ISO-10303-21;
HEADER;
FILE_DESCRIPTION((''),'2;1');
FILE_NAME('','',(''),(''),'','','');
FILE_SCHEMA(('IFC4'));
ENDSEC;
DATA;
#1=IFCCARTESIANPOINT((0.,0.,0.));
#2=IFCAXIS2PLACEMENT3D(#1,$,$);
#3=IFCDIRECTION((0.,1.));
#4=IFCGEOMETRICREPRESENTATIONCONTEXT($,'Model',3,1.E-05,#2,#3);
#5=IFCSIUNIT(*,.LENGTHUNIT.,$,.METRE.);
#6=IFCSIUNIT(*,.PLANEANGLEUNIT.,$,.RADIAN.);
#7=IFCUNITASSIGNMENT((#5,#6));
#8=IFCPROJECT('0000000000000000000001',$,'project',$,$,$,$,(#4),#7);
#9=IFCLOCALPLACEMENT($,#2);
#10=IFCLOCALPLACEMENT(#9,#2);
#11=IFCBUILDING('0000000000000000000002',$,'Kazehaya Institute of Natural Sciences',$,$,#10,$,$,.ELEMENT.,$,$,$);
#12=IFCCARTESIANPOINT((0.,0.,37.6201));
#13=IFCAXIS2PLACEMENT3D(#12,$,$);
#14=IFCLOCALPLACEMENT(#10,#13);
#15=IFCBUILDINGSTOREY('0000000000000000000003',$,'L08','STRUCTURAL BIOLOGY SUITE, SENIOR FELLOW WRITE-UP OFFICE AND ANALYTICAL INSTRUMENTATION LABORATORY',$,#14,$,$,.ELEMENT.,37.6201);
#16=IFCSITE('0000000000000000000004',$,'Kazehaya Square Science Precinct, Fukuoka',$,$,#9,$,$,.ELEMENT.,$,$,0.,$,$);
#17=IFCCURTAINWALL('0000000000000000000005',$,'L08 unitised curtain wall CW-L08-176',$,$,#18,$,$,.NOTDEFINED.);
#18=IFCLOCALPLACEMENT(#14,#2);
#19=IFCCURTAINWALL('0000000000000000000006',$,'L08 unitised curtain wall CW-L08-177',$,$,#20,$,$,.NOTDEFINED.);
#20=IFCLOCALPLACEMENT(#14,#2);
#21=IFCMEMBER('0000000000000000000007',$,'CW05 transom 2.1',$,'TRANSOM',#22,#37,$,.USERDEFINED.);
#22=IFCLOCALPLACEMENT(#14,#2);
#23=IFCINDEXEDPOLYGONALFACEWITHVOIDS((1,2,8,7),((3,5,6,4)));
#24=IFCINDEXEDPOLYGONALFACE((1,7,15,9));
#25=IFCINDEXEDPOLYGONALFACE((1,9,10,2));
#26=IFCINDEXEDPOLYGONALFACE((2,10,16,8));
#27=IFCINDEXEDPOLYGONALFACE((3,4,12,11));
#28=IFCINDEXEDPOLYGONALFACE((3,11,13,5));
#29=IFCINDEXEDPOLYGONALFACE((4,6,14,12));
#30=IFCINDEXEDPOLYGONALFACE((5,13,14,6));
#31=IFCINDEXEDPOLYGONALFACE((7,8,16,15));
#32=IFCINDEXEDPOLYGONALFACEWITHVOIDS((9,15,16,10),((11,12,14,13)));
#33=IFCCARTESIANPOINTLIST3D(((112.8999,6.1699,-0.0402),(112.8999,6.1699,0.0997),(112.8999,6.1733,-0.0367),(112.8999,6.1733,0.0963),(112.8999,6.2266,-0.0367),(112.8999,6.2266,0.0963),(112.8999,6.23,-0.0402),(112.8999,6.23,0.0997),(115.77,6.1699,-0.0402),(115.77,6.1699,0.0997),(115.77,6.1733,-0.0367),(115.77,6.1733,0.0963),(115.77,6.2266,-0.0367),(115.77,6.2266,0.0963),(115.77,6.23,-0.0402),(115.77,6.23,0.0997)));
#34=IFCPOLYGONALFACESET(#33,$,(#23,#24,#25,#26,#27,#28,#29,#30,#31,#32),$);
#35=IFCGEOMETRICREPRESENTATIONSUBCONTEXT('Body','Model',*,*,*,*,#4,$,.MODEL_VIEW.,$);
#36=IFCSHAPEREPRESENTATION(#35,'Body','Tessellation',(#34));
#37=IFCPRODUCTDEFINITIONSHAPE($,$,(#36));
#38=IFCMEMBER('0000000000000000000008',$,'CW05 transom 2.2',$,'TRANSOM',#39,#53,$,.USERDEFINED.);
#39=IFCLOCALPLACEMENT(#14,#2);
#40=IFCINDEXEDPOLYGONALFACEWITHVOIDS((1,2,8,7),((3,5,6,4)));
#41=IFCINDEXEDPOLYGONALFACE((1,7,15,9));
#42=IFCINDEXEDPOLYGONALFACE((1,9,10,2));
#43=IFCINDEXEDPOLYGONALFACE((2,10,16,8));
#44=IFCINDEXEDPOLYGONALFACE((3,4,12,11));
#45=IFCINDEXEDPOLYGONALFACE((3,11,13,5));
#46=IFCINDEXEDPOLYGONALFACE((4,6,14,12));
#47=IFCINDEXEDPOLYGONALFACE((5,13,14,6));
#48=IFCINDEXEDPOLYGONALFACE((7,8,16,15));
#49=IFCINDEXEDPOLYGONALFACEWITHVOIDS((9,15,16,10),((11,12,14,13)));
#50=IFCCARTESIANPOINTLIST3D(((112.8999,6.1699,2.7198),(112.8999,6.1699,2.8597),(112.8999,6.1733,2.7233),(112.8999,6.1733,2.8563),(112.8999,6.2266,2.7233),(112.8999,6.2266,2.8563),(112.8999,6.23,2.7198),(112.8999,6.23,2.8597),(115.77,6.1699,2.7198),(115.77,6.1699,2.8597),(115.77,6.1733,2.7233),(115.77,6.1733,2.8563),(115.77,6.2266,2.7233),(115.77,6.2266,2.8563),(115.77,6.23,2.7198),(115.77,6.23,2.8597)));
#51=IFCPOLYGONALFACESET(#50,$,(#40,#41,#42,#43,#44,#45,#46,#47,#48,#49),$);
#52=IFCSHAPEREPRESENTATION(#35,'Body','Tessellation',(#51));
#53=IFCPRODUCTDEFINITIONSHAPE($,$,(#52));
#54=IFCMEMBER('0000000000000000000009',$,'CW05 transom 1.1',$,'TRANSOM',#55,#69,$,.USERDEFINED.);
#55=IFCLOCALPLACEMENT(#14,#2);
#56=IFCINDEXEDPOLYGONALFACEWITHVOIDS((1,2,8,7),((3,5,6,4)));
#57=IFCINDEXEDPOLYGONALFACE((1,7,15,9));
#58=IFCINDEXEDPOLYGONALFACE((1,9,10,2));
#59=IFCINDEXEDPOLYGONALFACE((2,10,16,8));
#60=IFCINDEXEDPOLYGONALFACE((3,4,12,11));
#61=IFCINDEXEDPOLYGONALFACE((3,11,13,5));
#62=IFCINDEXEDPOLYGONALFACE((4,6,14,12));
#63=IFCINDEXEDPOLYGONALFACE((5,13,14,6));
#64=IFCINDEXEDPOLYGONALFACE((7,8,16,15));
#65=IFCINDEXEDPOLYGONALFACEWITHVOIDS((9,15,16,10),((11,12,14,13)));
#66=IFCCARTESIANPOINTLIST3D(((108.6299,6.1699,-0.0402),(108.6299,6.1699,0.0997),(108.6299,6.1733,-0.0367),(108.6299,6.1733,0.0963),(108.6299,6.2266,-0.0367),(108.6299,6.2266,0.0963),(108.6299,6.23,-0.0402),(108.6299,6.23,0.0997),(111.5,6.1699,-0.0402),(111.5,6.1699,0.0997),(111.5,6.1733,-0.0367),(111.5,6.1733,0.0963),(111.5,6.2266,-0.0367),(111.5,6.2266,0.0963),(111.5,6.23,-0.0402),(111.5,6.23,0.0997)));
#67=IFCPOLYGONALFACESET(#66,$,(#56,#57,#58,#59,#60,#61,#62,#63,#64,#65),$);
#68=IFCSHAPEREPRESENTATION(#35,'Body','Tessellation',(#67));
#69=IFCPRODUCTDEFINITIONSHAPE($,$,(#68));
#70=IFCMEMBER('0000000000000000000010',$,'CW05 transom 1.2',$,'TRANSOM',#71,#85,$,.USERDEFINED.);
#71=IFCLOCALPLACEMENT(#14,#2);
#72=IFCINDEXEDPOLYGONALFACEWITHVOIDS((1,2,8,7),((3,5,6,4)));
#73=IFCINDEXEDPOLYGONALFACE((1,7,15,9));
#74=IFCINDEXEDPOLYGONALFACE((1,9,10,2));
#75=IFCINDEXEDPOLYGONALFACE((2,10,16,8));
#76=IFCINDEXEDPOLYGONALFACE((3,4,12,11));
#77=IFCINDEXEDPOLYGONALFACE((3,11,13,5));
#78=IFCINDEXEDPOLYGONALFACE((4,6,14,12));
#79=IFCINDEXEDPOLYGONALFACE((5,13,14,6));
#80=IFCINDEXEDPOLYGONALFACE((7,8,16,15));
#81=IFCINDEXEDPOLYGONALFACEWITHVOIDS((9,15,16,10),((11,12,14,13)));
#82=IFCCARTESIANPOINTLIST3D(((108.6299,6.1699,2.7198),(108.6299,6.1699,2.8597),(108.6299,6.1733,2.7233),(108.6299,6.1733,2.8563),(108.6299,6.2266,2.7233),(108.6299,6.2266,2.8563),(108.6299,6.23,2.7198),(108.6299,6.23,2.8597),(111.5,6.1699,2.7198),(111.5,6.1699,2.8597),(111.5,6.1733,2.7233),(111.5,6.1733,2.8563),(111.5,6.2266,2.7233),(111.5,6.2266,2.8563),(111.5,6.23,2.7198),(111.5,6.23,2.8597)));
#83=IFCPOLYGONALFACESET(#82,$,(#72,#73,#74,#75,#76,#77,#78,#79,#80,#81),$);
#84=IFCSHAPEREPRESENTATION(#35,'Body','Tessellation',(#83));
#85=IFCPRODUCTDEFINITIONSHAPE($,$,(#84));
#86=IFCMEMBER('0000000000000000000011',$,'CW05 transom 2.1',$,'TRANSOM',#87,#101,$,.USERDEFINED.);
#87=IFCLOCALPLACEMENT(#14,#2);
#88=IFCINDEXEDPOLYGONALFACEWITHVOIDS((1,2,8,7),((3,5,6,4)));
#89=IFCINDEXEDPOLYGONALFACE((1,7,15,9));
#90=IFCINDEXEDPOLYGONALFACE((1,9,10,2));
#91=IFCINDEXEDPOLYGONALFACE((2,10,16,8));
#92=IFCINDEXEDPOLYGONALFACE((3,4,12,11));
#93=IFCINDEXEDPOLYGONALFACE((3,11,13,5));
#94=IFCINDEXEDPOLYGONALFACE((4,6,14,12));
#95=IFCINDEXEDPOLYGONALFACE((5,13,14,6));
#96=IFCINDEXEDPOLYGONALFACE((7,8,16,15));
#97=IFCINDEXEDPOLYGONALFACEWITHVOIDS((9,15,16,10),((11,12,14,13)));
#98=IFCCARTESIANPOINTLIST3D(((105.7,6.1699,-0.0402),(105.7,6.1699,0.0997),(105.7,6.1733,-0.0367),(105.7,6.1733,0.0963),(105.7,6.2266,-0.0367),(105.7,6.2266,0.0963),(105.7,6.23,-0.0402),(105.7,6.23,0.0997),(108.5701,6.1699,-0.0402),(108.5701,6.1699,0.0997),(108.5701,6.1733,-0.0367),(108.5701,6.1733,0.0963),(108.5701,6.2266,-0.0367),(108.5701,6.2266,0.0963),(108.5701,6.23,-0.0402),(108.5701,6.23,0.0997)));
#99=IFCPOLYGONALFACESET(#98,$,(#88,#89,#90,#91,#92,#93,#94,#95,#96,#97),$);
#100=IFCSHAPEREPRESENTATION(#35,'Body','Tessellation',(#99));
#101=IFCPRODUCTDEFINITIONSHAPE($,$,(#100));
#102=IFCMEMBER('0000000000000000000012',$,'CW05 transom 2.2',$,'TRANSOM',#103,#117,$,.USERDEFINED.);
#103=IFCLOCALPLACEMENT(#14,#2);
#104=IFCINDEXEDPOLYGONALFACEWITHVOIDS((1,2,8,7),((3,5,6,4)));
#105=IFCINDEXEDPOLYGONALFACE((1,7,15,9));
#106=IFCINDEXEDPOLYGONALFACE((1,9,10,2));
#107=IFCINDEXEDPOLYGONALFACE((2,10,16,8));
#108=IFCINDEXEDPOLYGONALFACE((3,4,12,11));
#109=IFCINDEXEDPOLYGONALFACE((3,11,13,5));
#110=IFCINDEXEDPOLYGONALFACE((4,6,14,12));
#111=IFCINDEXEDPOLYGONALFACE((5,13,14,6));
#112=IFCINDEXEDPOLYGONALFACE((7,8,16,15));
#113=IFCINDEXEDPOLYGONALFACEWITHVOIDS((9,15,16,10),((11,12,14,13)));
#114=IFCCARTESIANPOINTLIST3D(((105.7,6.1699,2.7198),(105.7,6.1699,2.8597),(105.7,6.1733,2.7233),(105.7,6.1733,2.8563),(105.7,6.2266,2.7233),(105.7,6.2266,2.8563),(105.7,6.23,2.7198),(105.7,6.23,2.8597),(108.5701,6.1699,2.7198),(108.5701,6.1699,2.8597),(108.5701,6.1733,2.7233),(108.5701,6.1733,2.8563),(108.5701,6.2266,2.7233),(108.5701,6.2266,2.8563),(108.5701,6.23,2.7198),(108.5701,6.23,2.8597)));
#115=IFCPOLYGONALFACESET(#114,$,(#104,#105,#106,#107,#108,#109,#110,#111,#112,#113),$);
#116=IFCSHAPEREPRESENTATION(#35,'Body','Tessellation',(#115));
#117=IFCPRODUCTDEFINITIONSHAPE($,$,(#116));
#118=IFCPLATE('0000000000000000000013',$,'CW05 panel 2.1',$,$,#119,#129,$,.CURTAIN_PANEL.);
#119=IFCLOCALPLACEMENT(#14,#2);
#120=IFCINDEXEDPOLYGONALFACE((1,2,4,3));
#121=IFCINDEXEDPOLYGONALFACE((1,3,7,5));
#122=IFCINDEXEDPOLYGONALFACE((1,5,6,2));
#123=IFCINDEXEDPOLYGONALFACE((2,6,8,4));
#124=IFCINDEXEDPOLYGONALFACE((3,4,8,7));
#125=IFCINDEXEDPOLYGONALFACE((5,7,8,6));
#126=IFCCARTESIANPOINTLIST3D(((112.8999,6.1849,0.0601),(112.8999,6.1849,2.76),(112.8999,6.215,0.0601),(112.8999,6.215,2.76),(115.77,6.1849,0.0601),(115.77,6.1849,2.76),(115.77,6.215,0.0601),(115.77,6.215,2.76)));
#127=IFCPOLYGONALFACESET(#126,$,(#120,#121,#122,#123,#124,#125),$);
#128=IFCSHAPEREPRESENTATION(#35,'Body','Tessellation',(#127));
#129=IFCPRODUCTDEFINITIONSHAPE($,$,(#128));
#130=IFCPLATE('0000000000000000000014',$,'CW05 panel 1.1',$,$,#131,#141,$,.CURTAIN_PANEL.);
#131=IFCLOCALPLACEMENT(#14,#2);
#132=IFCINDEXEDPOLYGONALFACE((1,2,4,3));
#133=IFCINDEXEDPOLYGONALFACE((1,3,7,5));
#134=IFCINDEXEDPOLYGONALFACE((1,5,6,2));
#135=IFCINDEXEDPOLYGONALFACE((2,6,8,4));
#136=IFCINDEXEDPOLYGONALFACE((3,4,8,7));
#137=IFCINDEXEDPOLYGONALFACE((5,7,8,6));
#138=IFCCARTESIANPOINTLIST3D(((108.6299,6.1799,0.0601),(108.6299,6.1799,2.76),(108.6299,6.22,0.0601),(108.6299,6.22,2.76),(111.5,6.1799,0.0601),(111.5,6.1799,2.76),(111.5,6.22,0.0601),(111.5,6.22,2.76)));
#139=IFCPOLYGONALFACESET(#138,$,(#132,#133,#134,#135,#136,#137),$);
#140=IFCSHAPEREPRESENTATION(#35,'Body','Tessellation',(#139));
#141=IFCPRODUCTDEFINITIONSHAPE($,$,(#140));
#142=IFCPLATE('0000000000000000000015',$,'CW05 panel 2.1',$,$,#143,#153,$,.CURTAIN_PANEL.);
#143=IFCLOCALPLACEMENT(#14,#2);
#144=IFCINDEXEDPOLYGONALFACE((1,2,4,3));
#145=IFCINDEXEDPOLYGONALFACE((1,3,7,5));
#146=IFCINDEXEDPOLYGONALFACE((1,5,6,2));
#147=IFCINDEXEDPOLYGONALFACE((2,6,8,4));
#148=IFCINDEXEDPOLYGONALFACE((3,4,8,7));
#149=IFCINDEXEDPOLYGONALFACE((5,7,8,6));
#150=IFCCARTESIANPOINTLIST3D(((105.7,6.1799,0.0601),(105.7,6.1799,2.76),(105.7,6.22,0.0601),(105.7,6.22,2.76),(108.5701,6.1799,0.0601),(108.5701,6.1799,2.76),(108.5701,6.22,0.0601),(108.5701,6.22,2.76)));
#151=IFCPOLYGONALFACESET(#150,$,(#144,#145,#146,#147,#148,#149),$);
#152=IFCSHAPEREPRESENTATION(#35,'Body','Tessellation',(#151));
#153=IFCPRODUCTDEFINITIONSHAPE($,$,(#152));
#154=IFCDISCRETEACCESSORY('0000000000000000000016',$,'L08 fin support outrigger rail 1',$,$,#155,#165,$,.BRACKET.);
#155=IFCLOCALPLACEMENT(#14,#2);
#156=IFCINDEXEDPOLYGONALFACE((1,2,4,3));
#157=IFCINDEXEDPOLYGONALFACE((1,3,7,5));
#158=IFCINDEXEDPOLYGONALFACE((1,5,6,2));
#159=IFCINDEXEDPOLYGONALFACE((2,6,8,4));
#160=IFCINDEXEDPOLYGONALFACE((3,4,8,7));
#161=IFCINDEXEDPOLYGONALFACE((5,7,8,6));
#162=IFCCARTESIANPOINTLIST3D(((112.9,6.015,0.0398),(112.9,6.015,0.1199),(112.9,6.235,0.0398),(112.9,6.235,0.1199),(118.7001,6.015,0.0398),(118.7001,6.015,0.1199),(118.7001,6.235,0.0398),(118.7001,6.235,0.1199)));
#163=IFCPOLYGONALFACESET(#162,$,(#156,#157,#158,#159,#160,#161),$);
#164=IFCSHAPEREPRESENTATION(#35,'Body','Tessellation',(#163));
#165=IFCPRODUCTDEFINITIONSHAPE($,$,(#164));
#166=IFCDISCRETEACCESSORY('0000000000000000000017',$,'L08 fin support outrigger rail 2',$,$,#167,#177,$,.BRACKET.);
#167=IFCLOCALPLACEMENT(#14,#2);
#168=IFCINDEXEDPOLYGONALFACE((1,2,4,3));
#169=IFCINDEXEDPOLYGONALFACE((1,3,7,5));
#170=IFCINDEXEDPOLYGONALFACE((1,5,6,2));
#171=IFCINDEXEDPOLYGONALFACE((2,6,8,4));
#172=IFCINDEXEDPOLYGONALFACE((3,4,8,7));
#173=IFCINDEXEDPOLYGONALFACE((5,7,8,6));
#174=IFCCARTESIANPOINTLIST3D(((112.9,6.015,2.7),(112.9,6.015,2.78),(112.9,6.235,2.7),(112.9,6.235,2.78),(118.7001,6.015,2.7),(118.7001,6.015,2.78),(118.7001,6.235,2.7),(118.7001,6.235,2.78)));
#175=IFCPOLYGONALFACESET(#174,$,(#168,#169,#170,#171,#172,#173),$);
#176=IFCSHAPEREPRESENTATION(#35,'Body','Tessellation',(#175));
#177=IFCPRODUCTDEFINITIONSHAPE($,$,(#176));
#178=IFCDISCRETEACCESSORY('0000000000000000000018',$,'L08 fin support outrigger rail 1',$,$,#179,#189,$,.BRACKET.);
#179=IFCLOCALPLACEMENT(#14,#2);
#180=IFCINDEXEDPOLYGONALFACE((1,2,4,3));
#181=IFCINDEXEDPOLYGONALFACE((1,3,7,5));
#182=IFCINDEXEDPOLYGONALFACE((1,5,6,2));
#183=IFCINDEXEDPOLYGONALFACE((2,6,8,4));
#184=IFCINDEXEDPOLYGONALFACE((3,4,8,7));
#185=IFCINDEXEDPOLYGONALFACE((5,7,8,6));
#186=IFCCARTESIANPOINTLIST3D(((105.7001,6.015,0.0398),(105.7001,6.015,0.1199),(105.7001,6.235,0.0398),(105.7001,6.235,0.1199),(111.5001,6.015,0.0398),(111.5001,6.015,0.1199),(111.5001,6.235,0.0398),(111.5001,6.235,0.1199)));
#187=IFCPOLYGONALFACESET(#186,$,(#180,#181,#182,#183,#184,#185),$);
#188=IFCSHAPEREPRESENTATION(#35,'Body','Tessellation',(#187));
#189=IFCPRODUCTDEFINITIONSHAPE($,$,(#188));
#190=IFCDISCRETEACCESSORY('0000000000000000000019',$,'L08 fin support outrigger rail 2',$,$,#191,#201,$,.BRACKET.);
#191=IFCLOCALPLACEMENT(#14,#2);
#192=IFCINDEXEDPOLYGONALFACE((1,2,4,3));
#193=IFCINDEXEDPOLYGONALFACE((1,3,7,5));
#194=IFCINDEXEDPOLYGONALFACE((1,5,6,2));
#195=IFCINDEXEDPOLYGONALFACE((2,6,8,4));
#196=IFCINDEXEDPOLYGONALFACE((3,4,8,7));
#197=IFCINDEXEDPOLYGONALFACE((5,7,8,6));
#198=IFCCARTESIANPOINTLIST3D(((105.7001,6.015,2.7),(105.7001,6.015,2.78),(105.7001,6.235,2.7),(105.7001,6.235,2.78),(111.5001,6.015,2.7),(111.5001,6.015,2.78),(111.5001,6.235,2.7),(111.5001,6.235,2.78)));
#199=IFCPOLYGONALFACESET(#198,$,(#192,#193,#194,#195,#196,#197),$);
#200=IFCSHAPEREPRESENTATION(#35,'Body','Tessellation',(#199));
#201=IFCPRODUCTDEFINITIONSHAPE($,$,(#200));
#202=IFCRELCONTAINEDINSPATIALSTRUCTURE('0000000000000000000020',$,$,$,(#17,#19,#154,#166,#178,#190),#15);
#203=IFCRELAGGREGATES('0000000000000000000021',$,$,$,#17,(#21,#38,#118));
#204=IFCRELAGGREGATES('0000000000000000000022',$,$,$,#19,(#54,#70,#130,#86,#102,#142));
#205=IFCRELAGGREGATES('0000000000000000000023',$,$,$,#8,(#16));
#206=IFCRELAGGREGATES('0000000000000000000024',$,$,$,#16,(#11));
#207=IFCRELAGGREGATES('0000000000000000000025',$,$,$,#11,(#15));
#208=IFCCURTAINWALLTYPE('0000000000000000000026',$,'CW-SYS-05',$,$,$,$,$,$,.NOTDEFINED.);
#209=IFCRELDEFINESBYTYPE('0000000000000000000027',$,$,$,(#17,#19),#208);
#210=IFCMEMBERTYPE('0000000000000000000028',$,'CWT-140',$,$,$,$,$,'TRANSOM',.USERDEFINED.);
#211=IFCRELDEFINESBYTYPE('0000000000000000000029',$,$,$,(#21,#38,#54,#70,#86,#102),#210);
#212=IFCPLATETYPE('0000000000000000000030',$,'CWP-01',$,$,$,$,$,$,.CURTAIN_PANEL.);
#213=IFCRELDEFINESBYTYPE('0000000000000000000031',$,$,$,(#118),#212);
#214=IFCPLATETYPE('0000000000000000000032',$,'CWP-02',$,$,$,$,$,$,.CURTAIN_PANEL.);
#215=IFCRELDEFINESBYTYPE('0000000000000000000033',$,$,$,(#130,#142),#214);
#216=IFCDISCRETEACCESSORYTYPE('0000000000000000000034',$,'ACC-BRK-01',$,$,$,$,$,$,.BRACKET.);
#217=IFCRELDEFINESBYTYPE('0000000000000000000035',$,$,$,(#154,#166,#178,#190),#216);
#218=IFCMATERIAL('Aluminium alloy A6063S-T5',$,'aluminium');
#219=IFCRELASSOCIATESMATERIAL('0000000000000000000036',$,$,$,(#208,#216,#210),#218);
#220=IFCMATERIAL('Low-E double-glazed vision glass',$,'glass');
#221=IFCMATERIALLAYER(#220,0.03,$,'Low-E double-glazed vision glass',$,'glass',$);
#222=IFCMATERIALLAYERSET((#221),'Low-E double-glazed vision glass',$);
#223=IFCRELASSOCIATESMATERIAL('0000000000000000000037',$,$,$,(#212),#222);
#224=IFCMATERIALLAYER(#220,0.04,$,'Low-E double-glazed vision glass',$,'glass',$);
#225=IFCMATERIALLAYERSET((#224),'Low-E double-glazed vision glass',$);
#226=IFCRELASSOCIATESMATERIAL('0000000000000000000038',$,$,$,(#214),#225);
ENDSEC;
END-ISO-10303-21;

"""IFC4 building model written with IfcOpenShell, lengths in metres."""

from ifc_helpers import new_model, si_unit, direction, frame, origin, origin_2d, place, context, subcontext, project, spatial, rectangle, hollow_rectangle, extrude, material, layer, layer_set, material_profile, profile_set, type_object, element, aggregate, save


model = new_model("IFC4")

# Units and contexts
model_context = context("Model", 3, precision=1e-05, world=origin(), true_north=direction((0.0, 1.0)))
body_context = subcontext(model_context, "Body", "Model", "MODEL_VIEW")
ifc_project = project(units=[si_unit("LENGTHUNIT", "METRE"), si_unit("PLANEANGLEUNIT", "RADIAN")], contexts=[model_context])

# Site, building, storey
site_placement = place(None, origin())
site = spatial("IfcSite", under=ifc_project, at=site_placement, Name="Kazehaya Square Science Precinct, Fukuoka", CompositionType="ELEMENT", RefElevation=0.0)
building_placement = place(site_placement, origin())
building = spatial("IfcBuilding", under=site, at=building_placement, Name="Kazehaya Institute of Natural Sciences", CompositionType="ELEMENT")
storey_placement = place(building_placement, frame((0.0, 0.0, 37.6201)))
storey = spatial("IfcBuildingStorey", under=building, at=storey_placement, Name="L08", Description="STRUCTURAL BIOLOGY SUITE, SENIOR FELLOW WRITE-UP OFFICE AND ANALYTICAL INSTRUMENTATION LABORATORY", CompositionType="ELEMENT", Elevation=37.6201)

# Curtain wall
ifc_material_1 = material(Name="Aluminium alloy A6063S-T5", Category="aluminium")
curtain_wall_type = type_object("IfcCurtainWallType", Name="CW-SYS-05", PredefinedType="NOTDEFINED", material=ifc_material_1)
curtain_wall_1_placement = place(storey_placement, origin())
curtain_wall_1 = element("IfcCurtainWall", 1, at=curtain_wall_1_placement, inside=storey, type_object=curtain_wall_type, Name="L08 unitised curtain wall CW-L08-176", PredefinedType="NOTDEFINED")

# Curtain wall
curtain_wall_2_placement = place(storey_placement, origin())
curtain_wall_2 = element("IfcCurtainWall", 2, at=curtain_wall_2_placement, inside=storey, type_object=curtain_wall_type, Name="L08 unitised curtain wall CW-L08-177", PredefinedType="NOTDEFINED")

# Members
ifc_material_profile_1 = material_profile(ifc_material_1, hollow_rectangle(XDim=0.0601, YDim=0.1399, WallThickness=0.0034, at=origin_2d()), Name="ALU-60x140x3.5")
ifc_profile_set_1 = profile_set([ifc_material_profile_1], Name="Aluminium alloy A6063S-T5")
member_type_1 = type_object("IfcMemberType", Name="CWT-140", ElementType="TRANSOM", PredefinedType="USERDEFINED", material=ifc_profile_set_1)
member_1_placement = place(storey_placement, frame((115.77, 6.2, 0.0298), z_axis=(-1.0, 0.0, 0.0), x_axis=(0.0, -1.0, 0.0)))
member_1 = element("IfcMember", 3, at=member_1_placement, type_object=member_type_1, Name="CW05 transom 2.1", ObjectType="TRANSOM", PredefinedType="USERDEFINED", context=body_context, shape_type="SweptSolid", body=[
    extrude(hollow_rectangle(XDim=0.0601, YDim=0.1399, WallThickness=0.0034, at=origin_2d()), origin(), (0.0, 0.0, 1.0), 2.8701),
])
member_2_placement = place(storey_placement, frame((115.77, 6.2, 2.7898), z_axis=(-1.0, 0.0, 0.0), x_axis=(0.0, -1.0, 0.0)))
member_2 = element("IfcMember", 4, at=member_2_placement, type_object=member_type_1, Name="CW05 transom 2.2", ObjectType="TRANSOM", PredefinedType="USERDEFINED", context=body_context, shape_type="SweptSolid", body=[
    extrude(hollow_rectangle(XDim=0.0601, YDim=0.1399, WallThickness=0.0034, at=origin_2d()), origin(), (0.0, 0.0, 1.0), 2.8701),
])
member_3_placement = place(storey_placement, frame((111.5, 6.2, 0.0298), z_axis=(-1.0, 0.0, 0.0), x_axis=(0.0, -1.0, 0.0)))
member_3 = element("IfcMember", 5, at=member_3_placement, type_object=member_type_1, Name="CW05 transom 1.1", ObjectType="TRANSOM", PredefinedType="USERDEFINED", context=body_context, shape_type="SweptSolid", body=[
    extrude(hollow_rectangle(XDim=0.0601, YDim=0.1399, WallThickness=0.0034, at=origin_2d()), origin(), (0.0, 0.0, 1.0), 2.8701),
])
member_4_placement = place(storey_placement, frame((111.5, 6.2, 2.7898), z_axis=(-1.0, 0.0, 0.0), x_axis=(0.0, -1.0, 0.0)))
member_4 = element("IfcMember", 6, at=member_4_placement, type_object=member_type_1, Name="CW05 transom 1.2", ObjectType="TRANSOM", PredefinedType="USERDEFINED", context=body_context, shape_type="SweptSolid", body=[
    extrude(hollow_rectangle(XDim=0.0601, YDim=0.1399, WallThickness=0.0034, at=origin_2d()), origin(), (0.0, 0.0, 1.0), 2.8701),
])
member_5_placement = place(storey_placement, frame((108.5701, 6.2, 0.0298), z_axis=(-1.0, 0.0, 0.0), x_axis=(0.0, -1.0, 0.0)))
member_5 = element("IfcMember", 7, at=member_5_placement, type_object=member_type_1, Name="CW05 transom 2.1", ObjectType="TRANSOM", PredefinedType="USERDEFINED", context=body_context, shape_type="SweptSolid", body=[
    extrude(hollow_rectangle(XDim=0.0601, YDim=0.1399, WallThickness=0.0034, at=origin_2d()), origin(), (0.0, 0.0, 1.0), 2.8701),
])
member_6_placement = place(storey_placement, frame((108.5701, 6.2, 2.7898), z_axis=(-1.0, 0.0, 0.0), x_axis=(0.0, -1.0, 0.0)))
member_6 = element("IfcMember", 8, at=member_6_placement, type_object=member_type_1, Name="CW05 transom 2.2", ObjectType="TRANSOM", PredefinedType="USERDEFINED", context=body_context, shape_type="SweptSolid", body=[
    extrude(hollow_rectangle(XDim=0.0601, YDim=0.1399, WallThickness=0.0034, at=origin_2d()), origin(), (0.0, 0.0, 1.0), 2.8701),
])

# Plates
ifc_material_2 = material(Name="Low-E double-glazed vision glass", Category="glass")
ifc_layer_1 = layer(ifc_material_2, 0.03, Name="Low-E double-glazed vision glass", Category="glass")
ifc_layer_set_1 = layer_set([ifc_layer_1], Name="Low-E double-glazed vision glass")
plate_type_1 = type_object("IfcPlateType", Name="CWP-01", PredefinedType="CURTAIN_PANEL", material=ifc_layer_set_1)
plate_1_placement = place(storey_placement, frame((114.335, 6.2, 0.0601), z_axis=(0.0, 0.0, 1.0), x_axis=(-1.0, 0.0, 0.0)))
plate_1 = element("IfcPlate", 9, at=plate_1_placement, type_object=plate_type_1, Name="CW05 panel 2.1", PredefinedType="CURTAIN_PANEL", context=body_context, shape_type="SweptSolid", body=[
    extrude(rectangle(XDim=2.8701, YDim=0.03, at=origin_2d()), origin(), (0.0, 0.0, 1.0), 2.7),
])
aggregate(curtain_wall_1, [member_1, member_2, plate_1])
ifc_layer_2 = layer(ifc_material_2, 0.04, Name="Low-E double-glazed vision glass", Category="glass")
ifc_layer_set_2 = layer_set([ifc_layer_2], Name="Low-E double-glazed vision glass")
plate_type_2 = type_object("IfcPlateType", Name="CWP-02", PredefinedType="CURTAIN_PANEL", material=ifc_layer_set_2)
plate_2_placement = place(storey_placement, frame((110.0649, 6.2, 0.0601), z_axis=(0.0, 0.0, 1.0), x_axis=(-1.0, 0.0, 0.0)))
plate_2 = element("IfcPlate", 10, at=plate_2_placement, type_object=plate_type_2, Name="CW05 panel 1.1", PredefinedType="CURTAIN_PANEL", context=body_context, shape_type="SweptSolid", body=[
    extrude(rectangle(XDim=2.8701, YDim=0.04, at=origin_2d()), origin(), (0.0, 0.0, 1.0), 2.7),
])
plate_3_placement = place(storey_placement, frame((107.135, 6.2, 0.0601), z_axis=(0.0, 0.0, 1.0), x_axis=(-1.0, 0.0, 0.0)))
plate_3 = element("IfcPlate", 11, at=plate_3_placement, type_object=plate_type_2, Name="CW05 panel 2.1", PredefinedType="CURTAIN_PANEL", context=body_context, shape_type="SweptSolid", body=[
    extrude(rectangle(XDim=2.8701, YDim=0.04, at=origin_2d()), origin(), (0.0, 0.0, 1.0), 2.7),
])
aggregate(curtain_wall_2, [member_3, member_4, plate_2, member_5, member_6, plate_3])

# Discrete accessories
discrete_accessory_type_1 = type_object("IfcDiscreteAccessoryType", Name="ACC-BRK-01", PredefinedType="BRACKET", material=ifc_material_1)
for number, where, z_axis, x_axis, name in (
    (12, (115.8, 6.125, 0.0398), (0.0, 0.0, 1.0), (-1.0, 0.0, 0.0), "L08 fin support outrigger rail 1"),
    (13, (115.8, 6.125, 2.7), (0.0, 0.0, 1.0), (-1.0, 0.0, 0.0), "L08 fin support outrigger rail 2"),
    (14, (108.6001, 6.125, 0.0398), (0.0, 0.0, 1.0), (-1.0, 0.0, 0.0), "L08 fin support outrigger rail 1"),
    (15, (108.6001, 6.125, 2.7), (0.0, 0.0, 1.0), (-1.0, 0.0, 0.0), "L08 fin support outrigger rail 2"),
):
    element("IfcDiscreteAccessory", number, at=place(storey_placement, frame(where, z_axis=z_axis, x_axis=x_axis)), inside=storey, type_object=discrete_accessory_type_1, Name=name, PredefinedType="BRACKET", context=body_context, shape_type="SweptSolid", body=[
        extrude(rectangle(XDim=5.8, YDim=0.22, at=origin_2d()), origin(), (0.0, 0.0, 1.0), 0.0801),
    ])

save(model, "model.ifc")
